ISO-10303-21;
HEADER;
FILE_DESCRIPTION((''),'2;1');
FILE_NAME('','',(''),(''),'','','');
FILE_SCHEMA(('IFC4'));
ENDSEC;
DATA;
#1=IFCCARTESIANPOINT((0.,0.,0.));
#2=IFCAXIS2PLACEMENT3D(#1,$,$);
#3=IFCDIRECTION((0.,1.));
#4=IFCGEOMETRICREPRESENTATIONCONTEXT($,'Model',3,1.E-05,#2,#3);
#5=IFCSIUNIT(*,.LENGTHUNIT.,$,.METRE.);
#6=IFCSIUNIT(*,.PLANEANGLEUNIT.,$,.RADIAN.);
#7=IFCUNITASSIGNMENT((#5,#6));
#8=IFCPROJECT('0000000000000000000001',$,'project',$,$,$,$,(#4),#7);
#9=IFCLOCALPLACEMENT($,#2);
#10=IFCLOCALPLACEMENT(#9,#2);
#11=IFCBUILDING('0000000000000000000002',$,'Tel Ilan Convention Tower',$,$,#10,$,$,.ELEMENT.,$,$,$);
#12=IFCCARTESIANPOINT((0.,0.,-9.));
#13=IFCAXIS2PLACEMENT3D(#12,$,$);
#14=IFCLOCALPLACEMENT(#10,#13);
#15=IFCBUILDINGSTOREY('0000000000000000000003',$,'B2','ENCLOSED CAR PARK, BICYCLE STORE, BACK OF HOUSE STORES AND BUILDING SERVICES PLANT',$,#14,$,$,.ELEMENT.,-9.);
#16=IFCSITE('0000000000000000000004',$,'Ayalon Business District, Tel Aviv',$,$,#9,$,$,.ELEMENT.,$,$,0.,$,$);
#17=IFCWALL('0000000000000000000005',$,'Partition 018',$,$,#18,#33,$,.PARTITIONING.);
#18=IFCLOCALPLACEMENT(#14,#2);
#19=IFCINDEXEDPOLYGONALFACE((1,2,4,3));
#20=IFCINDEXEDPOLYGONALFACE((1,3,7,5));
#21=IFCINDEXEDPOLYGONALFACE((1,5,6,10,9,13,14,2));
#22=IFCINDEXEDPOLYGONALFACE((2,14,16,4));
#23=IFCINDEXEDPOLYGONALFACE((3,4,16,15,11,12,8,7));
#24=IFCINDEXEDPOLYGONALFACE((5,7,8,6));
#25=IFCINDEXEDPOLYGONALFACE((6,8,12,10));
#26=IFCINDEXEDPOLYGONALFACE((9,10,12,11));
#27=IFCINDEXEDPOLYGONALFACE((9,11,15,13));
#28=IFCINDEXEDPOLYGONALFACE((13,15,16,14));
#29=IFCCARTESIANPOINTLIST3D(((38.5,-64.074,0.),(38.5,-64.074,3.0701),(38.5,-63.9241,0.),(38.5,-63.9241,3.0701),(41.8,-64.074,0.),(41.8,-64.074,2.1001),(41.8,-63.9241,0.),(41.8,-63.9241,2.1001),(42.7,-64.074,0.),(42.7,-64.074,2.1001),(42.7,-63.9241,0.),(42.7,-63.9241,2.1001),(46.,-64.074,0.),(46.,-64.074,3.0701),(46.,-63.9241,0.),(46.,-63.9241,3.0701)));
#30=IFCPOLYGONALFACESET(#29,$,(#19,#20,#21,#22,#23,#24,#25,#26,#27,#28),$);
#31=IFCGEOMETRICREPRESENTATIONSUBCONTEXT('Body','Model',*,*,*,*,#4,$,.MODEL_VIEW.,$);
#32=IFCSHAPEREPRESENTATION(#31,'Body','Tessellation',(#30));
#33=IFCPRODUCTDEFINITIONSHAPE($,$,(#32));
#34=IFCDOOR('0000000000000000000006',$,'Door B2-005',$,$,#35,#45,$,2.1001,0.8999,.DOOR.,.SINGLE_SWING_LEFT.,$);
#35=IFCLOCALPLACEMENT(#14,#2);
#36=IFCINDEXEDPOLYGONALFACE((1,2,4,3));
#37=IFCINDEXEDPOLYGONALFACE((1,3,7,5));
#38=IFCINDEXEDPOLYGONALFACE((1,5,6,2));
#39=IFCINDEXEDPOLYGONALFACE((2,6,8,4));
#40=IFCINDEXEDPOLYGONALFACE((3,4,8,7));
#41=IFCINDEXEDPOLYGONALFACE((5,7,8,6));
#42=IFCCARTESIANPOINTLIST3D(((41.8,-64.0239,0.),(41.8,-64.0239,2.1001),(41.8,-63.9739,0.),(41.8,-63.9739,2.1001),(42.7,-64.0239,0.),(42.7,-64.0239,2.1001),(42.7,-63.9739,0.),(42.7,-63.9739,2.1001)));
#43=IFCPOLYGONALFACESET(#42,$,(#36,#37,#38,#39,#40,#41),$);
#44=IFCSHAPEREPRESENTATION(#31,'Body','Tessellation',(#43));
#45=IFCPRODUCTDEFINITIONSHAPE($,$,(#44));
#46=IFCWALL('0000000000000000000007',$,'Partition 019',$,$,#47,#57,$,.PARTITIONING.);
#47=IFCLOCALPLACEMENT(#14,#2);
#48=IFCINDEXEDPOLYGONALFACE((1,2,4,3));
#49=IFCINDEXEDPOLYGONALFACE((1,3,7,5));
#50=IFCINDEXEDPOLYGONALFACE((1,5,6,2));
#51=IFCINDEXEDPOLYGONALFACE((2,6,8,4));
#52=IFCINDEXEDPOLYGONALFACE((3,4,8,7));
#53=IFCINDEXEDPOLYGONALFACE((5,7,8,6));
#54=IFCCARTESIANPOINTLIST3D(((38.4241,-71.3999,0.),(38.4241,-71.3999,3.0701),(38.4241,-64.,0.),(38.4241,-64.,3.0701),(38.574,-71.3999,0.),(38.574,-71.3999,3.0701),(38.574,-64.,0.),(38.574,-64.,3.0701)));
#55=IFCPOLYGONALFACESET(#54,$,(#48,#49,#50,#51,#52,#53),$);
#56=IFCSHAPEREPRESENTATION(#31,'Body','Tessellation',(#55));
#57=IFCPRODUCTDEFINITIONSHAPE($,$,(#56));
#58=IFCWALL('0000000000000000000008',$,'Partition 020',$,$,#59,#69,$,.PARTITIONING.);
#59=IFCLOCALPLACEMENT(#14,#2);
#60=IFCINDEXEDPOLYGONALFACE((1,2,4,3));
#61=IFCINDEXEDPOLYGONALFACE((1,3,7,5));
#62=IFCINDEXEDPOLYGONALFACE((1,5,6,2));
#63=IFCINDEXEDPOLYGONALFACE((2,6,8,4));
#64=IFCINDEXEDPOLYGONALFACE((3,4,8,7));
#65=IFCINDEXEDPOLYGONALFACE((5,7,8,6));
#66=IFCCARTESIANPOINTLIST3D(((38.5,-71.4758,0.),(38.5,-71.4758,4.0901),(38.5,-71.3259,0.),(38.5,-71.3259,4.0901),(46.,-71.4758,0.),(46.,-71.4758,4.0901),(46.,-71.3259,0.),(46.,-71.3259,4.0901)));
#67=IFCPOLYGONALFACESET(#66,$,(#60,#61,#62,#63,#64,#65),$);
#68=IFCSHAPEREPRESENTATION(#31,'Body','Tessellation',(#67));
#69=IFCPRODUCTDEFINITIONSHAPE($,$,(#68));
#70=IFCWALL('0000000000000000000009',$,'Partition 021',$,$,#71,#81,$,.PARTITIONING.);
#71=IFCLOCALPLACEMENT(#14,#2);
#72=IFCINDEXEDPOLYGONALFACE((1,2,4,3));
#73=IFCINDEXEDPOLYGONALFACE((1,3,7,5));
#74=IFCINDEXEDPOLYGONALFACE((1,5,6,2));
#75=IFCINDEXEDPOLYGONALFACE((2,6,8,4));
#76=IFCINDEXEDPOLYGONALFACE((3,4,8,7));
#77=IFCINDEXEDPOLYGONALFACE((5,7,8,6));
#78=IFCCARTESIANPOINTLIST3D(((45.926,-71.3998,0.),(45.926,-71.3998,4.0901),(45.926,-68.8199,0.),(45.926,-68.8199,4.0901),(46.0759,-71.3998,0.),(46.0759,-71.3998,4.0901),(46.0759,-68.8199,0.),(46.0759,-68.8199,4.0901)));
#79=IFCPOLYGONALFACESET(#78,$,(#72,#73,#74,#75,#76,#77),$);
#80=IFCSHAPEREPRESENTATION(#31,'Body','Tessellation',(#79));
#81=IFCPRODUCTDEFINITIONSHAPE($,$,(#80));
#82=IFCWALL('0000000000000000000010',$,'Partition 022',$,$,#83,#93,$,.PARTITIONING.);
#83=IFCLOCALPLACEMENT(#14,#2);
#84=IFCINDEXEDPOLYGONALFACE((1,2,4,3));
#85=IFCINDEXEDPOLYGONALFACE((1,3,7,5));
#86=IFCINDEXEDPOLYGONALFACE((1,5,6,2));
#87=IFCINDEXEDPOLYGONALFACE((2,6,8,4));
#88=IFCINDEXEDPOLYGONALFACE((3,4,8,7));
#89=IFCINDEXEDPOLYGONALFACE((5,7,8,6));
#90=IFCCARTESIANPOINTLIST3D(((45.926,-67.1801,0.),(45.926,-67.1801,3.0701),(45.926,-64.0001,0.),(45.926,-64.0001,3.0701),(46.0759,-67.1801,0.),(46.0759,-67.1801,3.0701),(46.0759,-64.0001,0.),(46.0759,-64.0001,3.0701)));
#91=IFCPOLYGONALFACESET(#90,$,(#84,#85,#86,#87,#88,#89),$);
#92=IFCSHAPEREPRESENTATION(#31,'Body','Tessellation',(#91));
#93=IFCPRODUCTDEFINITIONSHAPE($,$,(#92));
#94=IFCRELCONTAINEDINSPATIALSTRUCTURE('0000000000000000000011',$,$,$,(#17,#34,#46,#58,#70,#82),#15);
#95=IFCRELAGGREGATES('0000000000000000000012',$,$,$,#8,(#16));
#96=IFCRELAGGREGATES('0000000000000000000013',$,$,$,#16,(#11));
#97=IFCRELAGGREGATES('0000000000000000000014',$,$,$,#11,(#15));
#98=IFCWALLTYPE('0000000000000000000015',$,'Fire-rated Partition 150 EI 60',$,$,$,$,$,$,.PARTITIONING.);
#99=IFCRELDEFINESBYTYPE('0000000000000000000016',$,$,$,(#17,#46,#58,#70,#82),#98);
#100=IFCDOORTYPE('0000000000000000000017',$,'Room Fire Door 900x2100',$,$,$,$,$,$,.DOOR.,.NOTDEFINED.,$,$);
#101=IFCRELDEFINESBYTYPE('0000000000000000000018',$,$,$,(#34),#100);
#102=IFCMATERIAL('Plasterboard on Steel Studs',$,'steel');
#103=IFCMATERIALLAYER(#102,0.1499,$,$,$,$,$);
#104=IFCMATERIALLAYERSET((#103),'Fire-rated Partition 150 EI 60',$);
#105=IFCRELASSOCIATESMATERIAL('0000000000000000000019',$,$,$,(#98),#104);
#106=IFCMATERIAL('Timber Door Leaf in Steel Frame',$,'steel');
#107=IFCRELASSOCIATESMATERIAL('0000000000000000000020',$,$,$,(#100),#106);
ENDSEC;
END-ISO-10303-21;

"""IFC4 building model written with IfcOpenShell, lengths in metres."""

from ifc_helpers import new_model, si_unit, direction, frame, frame_2d, origin, place, context, subcontext, project, spatial, rectangle, extrude, material, layer, layer_set, type_object, element, fill, save


model = new_model("IFC4")

# Units and contexts
model_context = context("Model", 3, precision=1e-05, world=origin(), true_north=direction((0.0, 1.0)))
body_context = subcontext(model_context, "Body", "Model", "MODEL_VIEW")
ifc_project = project(units=[si_unit("LENGTHUNIT", "METRE"), si_unit("PLANEANGLEUNIT", "RADIAN")], contexts=[model_context])

# Site, building, storey
site_placement = place(None, origin())
site = spatial("IfcSite", under=ifc_project, at=site_placement, Name="Ayalon Business District, Tel Aviv", CompositionType="ELEMENT", RefElevation=0.0)
building_placement = place(site_placement, origin())
building = spatial("IfcBuilding", under=site, at=building_placement, Name="Tel Ilan Convention Tower", CompositionType="ELEMENT")
storey_placement = place(building_placement, frame((0.0, 0.0, -9.0)))
storey = spatial("IfcBuildingStorey", under=building, at=storey_placement, Name="B2", Description="ENCLOSED CAR PARK, BICYCLE STORE, BACK OF HOUSE STORES AND BUILDING SERVICES PLANT", CompositionType="ELEMENT", Elevation=-9.0)

# Shared definitions
ifc_material_1 = material(Name="Plasterboard on Steel Studs", Category="steel")
ifc_layer_1 = layer(ifc_material_1, 0.1499)
ifc_layer_set_1 = layer_set([ifc_layer_1], Name="Fire-rated Partition 150 EI 60")
wall_type_1 = type_object("IfcWallType", Name="Fire-rated Partition 150 EI 60", PredefinedType="PARTITIONING", material=ifc_layer_set_1)

# Wall, opening, door
wall_1_placement = place(storey_placement, frame((46.0, -63.999, 0.0), z_axis=(0.0, 0.0, 1.0), x_axis=(-1.0, 0.0, 0.0)))
wall_1 = element("IfcWall", 1, at=wall_1_placement, inside=storey, type_object=wall_type_1, Name="Partition 018", PredefinedType="PARTITIONING", context=body_context, shape_type="SweptSolid", body=[
    extrude(rectangle(XDim=7.5, YDim=0.1499, at=frame_2d((3.75, 0.0))), origin(), (0.0, 0.0, 1.0), 3.0701),
])
opening_1_placement = place(wall_1_placement, frame((3.3, 0.0, 0.0)))
opening_1 = element("IfcOpeningElement", 2, at=opening_1_placement, cuts=wall_1, PredefinedType="OPENING", context=body_context, shape_type="SweptSolid", body=[
    extrude(rectangle(XDim=0.8999, YDim=2.1001, at=frame_2d((0.45, 1.05))), frame((0.0, 0.085, 0.0), z_axis=(0.0, -1.0, 0.0), x_axis=(1.0, 0.0, 0.0)), (0.0, 0.0, 1.0), 0.1699),
])
ifc_material_2 = material(Name="Timber Door Leaf in Steel Frame", Category="steel")
door_type_1 = type_object("IfcDoorType", Name="Room Fire Door 900x2100", OperationType="NOTDEFINED", PredefinedType="DOOR", material=ifc_material_2)
door_1_placement = place(opening_1_placement, origin())
door_1 = element("IfcDoor", 3, at=door_1_placement, inside=storey, type_object=door_type_1, Name="Door B2-005", OperationType="SINGLE_SWING_LEFT", OverallHeight=2.1001, OverallWidth=0.8999, PredefinedType="DOOR", context=body_context, shape_type="SweptSolid", body=[
    extrude(rectangle(XDim=0.8999, YDim=2.1001, at=frame_2d((0.45, 1.05))), frame((0.0, 0.0249, 0.0), z_axis=(0.0, -1.0, 0.0), x_axis=(1.0, 0.0, 0.0)), (0.0, 0.0, 1.0), 0.05),
])
fill(opening_1, door_1)

# Walls
wall_2_placement = place(storey_placement, frame((38.499, -64.0, 0.0), z_axis=(0.0, 0.0, 1.0), x_axis=(0.0, -1.0, 0.0)))
element("IfcWall", 4, at=wall_2_placement, inside=storey, type_object=wall_type_1, Name="Partition 019", PredefinedType="PARTITIONING", context=body_context, shape_type="SweptSolid", body=[
    extrude(rectangle(XDim=7.3999, YDim=0.1499, at=frame_2d((3.7, 0.0))), origin(), (0.0, 0.0, 1.0), 3.0701),
])
wall_3_placement = place(storey_placement, frame((38.5, -71.4009, 0.0), z_axis=(0.0, 0.0, 1.0), x_axis=(1.0, 0.0, 0.0)))
element("IfcWall", 5, at=wall_3_placement, inside=storey, type_object=wall_type_1, Name="Partition 020", PredefinedType="PARTITIONING", context=body_context, shape_type="SweptSolid", body=[
    extrude(rectangle(XDim=7.5, YDim=0.1499, at=frame_2d((3.75, 0.0))), origin(), (0.0, 0.0, 1.0), 4.0901),
])
wall_4_placement = place(storey_placement, frame((46.001, -71.3999, 0.0), z_axis=(0.0, 0.0, 1.0), x_axis=(0.0, 1.0, 0.0)))
element("IfcWall", 6, at=wall_4_placement, inside=storey, type_object=wall_type_1, Name="Partition 021", PredefinedType="PARTITIONING", context=body_context, shape_type="SweptSolid", body=[
    extrude(rectangle(XDim=2.5798, YDim=0.1499, at=frame_2d((1.29, 0.0))), origin(), (0.0, 0.0, 1.0), 4.0901),
])
wall_5_placement = place(storey_placement, frame((46.001, -67.1799, 0.0), z_axis=(0.0, 0.0, 1.0), x_axis=(0.0, 1.0, 0.0)))
element("IfcWall", 7, at=wall_5_placement, inside=storey, type_object=wall_type_1, Name="Partition 022", PredefinedType="PARTITIONING", context=body_context, shape_type="SweptSolid", body=[
    extrude(rectangle(XDim=3.1799, YDim=0.1499, at=frame_2d((1.5898, 0.0))), origin(), (0.0, 0.0, 1.0), 3.0701),
])

save(model, "model.ifc")
